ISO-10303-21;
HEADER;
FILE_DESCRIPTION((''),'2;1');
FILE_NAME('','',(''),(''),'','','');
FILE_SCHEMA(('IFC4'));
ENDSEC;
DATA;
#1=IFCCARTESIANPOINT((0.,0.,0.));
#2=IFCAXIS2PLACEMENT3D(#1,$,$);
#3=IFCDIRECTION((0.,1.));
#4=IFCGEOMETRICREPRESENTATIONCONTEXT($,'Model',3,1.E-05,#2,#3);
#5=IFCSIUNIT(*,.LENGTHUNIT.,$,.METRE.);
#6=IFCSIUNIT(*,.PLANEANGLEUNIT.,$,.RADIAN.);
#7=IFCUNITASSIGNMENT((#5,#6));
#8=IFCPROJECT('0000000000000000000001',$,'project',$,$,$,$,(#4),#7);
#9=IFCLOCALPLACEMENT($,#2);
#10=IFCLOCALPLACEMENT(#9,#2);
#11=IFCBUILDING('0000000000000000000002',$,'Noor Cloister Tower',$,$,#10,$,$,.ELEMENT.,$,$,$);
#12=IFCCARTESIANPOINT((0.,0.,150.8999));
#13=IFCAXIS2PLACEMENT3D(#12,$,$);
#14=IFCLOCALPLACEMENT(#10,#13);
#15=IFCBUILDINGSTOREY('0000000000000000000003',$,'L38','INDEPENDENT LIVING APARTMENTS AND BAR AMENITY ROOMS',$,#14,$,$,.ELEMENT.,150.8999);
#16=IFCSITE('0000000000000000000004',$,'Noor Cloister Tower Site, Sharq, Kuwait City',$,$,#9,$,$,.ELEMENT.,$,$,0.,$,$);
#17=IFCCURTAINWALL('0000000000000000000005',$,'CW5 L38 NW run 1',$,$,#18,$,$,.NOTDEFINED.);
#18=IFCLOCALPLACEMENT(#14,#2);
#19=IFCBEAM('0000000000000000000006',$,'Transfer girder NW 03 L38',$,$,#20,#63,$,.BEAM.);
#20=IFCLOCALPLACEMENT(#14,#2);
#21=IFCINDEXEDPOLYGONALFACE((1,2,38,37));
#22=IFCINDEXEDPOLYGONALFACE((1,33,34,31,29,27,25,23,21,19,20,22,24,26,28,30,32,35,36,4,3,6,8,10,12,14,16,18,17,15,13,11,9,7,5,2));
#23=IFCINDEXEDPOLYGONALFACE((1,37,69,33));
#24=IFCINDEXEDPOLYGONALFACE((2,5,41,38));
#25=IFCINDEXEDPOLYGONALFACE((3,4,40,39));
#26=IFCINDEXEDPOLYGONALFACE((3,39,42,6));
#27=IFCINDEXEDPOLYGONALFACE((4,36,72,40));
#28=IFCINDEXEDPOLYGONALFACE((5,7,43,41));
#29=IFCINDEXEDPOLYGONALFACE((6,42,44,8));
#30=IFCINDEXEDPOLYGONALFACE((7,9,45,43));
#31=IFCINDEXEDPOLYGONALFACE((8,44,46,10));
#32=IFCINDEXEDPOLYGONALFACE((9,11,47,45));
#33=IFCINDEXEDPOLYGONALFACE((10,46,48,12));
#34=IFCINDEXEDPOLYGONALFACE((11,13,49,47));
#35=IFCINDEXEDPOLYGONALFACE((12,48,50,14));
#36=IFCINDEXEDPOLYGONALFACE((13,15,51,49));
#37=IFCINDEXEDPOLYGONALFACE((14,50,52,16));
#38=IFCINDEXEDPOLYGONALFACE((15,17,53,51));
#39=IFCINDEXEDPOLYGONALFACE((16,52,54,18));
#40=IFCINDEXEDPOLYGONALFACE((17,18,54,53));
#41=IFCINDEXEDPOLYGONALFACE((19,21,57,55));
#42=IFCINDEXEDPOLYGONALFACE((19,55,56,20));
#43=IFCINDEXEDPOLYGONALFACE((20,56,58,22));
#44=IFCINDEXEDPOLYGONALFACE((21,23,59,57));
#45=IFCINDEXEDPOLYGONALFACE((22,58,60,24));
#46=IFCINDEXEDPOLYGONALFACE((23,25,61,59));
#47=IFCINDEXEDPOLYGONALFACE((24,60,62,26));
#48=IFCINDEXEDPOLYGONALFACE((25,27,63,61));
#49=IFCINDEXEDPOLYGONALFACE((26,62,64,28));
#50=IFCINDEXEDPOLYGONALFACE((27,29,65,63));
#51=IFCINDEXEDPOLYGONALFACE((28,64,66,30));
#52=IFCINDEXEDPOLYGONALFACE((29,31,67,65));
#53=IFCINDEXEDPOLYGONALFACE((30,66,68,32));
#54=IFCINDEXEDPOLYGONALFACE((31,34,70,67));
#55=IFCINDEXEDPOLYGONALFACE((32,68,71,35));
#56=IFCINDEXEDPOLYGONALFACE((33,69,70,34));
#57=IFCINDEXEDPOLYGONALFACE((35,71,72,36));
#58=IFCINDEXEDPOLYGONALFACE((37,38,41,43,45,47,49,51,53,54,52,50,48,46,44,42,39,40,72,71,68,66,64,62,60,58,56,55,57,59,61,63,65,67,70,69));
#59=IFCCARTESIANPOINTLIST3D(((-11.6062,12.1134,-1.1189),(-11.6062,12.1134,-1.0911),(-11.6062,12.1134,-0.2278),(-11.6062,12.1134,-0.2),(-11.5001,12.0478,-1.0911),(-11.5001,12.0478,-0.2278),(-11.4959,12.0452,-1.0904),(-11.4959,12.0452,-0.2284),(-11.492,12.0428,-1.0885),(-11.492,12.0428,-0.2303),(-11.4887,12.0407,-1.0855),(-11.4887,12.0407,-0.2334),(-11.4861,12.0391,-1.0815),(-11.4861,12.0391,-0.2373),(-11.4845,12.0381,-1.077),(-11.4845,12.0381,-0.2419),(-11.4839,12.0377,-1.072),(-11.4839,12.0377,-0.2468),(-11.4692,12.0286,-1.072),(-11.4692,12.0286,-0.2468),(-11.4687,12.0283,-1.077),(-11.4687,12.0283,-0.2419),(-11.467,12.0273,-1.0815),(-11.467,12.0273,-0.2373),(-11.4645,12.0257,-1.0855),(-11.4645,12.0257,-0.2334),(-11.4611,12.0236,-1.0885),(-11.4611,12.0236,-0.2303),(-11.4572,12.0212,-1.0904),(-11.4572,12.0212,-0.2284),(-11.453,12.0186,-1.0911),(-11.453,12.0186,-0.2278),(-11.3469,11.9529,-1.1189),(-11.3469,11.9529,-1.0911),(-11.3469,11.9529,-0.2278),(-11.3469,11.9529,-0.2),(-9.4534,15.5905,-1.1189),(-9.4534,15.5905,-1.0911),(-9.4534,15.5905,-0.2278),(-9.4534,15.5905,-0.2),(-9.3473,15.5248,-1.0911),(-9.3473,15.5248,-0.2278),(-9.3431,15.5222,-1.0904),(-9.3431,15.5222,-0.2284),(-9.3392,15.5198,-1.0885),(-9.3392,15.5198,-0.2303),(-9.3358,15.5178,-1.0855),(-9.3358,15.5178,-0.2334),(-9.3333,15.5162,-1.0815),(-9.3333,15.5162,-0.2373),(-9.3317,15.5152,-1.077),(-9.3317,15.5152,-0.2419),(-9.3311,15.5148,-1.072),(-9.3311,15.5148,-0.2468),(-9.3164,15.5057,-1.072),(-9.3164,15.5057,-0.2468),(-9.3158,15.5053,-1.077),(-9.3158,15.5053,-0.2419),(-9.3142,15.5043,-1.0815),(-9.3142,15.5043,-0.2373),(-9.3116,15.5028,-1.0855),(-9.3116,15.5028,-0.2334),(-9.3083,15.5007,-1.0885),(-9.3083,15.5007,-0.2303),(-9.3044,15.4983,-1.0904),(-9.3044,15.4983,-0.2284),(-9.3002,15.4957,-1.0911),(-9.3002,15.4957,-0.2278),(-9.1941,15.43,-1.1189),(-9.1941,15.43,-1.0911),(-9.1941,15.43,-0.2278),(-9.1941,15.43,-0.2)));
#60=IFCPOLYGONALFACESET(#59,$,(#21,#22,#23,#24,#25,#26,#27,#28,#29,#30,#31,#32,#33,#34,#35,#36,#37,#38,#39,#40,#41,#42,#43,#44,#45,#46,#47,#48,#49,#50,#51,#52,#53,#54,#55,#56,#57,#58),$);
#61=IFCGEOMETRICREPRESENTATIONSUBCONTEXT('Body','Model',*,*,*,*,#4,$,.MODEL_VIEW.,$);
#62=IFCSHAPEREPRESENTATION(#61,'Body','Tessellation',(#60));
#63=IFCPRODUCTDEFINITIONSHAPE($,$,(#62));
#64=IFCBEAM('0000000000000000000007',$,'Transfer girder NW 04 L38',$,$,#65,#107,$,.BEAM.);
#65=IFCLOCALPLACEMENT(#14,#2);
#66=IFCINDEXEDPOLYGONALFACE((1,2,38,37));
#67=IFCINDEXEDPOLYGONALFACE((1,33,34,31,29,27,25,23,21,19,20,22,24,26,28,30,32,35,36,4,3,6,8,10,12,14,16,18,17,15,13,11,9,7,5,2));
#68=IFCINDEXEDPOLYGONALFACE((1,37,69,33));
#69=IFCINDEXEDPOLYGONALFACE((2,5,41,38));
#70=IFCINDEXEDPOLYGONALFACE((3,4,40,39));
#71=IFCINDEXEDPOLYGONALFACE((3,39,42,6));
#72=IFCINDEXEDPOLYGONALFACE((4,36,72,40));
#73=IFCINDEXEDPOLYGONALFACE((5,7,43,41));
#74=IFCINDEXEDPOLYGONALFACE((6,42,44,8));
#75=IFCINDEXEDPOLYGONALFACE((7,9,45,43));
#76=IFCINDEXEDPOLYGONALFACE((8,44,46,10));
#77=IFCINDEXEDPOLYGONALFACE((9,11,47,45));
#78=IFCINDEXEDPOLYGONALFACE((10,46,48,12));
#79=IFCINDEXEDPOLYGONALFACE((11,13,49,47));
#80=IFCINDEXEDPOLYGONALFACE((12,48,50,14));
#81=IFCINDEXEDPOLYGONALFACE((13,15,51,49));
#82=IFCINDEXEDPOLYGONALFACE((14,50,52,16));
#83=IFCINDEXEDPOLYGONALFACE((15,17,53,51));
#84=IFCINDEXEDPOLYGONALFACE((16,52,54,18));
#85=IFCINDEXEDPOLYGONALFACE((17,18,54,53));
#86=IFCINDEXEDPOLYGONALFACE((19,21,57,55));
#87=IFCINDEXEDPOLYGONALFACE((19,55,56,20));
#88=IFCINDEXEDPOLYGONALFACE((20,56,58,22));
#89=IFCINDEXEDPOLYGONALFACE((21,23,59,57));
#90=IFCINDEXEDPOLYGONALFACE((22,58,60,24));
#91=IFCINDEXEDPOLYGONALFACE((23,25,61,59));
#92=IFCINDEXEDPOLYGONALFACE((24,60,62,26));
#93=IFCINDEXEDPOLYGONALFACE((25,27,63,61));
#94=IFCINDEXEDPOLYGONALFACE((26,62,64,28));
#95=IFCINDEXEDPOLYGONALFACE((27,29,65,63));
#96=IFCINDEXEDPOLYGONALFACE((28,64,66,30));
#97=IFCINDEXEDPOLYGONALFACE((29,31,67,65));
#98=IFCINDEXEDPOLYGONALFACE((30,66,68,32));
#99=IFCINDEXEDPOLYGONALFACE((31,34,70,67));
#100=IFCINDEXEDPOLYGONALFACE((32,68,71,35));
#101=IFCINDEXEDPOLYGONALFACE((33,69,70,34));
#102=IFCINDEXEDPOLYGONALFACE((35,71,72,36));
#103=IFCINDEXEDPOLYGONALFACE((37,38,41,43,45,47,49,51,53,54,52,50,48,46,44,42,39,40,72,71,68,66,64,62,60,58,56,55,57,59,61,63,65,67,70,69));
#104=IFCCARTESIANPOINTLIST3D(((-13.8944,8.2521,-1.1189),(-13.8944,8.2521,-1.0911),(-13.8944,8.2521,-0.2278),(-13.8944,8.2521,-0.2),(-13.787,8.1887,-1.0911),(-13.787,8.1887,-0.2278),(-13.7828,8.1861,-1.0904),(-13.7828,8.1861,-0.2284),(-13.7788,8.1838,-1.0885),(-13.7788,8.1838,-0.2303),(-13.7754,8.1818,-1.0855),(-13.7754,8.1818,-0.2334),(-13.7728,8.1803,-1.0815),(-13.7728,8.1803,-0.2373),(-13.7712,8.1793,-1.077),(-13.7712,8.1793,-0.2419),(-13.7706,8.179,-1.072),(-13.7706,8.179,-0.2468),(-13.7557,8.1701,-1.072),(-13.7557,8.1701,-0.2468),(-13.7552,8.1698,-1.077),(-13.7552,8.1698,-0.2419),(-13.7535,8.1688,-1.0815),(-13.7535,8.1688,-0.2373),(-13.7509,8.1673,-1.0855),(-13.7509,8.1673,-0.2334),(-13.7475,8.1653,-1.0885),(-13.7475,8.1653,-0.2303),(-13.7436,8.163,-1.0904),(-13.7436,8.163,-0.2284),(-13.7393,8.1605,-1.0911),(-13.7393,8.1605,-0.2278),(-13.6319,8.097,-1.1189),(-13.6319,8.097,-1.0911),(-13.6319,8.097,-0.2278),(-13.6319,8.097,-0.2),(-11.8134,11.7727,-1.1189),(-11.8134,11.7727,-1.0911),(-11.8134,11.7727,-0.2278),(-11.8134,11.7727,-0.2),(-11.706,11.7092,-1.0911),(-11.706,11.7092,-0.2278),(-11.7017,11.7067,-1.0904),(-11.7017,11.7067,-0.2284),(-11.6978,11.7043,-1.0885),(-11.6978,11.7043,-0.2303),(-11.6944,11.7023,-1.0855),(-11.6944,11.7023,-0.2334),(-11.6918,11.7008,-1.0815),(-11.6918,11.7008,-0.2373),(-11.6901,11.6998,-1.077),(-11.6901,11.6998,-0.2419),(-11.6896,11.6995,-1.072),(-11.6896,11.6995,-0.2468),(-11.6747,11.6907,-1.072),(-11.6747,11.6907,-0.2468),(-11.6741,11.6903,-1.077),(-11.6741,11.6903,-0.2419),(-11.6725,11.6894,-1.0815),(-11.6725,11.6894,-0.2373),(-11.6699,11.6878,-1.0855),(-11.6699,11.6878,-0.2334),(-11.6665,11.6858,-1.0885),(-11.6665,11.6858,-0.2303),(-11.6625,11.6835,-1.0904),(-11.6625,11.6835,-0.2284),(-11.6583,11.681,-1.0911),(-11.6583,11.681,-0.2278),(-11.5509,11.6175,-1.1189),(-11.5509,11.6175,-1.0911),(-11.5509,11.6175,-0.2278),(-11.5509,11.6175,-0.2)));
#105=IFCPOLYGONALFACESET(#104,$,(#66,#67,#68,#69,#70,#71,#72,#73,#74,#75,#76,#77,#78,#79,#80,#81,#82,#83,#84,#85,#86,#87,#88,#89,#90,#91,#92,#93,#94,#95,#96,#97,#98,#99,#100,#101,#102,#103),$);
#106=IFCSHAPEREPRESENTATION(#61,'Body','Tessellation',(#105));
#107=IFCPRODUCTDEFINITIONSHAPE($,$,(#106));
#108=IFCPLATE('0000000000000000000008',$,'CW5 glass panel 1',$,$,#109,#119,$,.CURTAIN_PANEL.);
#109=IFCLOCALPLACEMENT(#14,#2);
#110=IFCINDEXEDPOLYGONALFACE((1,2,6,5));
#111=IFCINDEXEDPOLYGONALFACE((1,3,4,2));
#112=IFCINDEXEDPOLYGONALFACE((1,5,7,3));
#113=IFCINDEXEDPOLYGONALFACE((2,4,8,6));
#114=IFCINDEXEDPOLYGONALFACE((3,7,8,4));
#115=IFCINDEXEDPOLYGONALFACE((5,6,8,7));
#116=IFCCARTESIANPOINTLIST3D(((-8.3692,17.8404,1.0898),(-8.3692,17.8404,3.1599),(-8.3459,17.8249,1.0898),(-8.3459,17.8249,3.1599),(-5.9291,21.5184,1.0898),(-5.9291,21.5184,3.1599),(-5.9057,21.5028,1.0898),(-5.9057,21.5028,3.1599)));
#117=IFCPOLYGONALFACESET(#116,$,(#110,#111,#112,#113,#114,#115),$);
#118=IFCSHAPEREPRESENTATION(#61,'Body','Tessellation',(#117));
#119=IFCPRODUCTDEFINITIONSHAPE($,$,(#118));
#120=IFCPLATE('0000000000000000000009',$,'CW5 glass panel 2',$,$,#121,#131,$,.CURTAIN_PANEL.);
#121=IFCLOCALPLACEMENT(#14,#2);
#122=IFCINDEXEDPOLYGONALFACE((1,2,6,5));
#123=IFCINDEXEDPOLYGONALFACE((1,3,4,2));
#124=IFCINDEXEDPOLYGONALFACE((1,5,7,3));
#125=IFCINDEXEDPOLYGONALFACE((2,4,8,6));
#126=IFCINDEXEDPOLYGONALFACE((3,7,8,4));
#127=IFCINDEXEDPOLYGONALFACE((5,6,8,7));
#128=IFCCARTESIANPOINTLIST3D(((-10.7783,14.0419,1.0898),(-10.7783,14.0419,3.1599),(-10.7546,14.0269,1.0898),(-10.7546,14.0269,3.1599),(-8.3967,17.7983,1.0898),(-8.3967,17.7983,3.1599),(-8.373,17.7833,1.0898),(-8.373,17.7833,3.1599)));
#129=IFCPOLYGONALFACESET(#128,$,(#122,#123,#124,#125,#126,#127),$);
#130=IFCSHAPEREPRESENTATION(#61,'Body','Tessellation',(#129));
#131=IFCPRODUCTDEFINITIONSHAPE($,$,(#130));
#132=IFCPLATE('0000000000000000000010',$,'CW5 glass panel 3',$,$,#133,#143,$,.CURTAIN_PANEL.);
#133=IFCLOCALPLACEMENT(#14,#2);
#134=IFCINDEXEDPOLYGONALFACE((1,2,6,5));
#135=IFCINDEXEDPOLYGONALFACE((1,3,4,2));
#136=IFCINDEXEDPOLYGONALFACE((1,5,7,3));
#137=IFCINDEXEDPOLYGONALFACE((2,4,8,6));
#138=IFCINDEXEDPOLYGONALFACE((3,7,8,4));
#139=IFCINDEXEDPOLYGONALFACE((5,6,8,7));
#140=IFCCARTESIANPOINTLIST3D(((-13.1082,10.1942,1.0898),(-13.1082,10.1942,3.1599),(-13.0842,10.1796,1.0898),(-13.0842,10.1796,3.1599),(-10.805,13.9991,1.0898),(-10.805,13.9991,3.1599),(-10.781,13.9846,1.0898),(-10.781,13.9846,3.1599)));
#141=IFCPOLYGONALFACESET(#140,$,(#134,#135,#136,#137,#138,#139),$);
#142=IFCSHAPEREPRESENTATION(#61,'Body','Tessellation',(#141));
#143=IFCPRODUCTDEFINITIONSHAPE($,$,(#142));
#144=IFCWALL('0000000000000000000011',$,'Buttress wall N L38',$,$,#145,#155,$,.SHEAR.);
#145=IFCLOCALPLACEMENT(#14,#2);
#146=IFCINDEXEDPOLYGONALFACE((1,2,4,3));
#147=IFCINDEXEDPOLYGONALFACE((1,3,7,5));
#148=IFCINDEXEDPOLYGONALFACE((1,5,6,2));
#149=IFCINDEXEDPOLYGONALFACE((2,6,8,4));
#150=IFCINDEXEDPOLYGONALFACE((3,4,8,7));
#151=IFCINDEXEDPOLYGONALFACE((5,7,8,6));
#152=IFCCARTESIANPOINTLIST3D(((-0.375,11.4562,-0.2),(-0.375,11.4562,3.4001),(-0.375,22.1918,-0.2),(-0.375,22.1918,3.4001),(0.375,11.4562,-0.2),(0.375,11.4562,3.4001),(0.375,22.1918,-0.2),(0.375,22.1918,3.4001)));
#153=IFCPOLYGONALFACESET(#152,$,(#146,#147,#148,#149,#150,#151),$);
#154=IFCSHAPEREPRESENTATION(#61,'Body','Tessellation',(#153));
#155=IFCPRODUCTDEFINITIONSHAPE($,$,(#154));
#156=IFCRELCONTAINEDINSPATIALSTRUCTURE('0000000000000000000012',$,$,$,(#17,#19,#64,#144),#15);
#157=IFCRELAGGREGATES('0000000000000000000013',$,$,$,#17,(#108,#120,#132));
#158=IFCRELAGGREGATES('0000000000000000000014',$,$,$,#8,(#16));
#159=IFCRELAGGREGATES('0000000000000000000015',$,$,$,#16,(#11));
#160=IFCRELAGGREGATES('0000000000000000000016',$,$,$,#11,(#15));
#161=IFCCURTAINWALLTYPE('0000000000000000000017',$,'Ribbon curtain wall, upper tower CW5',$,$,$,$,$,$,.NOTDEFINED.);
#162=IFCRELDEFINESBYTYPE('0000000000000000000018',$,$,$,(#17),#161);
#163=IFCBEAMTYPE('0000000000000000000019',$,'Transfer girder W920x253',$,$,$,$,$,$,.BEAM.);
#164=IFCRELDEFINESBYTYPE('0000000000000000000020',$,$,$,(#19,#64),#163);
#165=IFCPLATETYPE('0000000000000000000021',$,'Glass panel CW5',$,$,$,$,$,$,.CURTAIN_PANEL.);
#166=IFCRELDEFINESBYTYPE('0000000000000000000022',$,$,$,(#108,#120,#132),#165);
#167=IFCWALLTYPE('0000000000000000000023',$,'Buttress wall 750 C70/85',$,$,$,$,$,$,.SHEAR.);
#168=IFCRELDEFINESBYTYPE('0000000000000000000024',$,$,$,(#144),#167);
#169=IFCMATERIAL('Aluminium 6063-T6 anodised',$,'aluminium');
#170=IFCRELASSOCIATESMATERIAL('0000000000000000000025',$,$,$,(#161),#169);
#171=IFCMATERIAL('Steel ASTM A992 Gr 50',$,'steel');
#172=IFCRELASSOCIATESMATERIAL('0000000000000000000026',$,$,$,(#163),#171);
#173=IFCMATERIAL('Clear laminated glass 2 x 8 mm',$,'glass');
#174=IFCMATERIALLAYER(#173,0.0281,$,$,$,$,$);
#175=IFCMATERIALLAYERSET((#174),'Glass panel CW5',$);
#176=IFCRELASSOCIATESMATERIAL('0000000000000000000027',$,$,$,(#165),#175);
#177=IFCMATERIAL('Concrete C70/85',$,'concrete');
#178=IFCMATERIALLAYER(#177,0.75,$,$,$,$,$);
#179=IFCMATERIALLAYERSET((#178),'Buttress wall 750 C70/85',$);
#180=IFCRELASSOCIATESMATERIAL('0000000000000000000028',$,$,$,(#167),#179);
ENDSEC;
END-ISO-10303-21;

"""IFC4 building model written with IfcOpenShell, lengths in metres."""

from ifc_helpers import new_model, si_unit, direction, frame, frame_2d, origin, origin_2d, place, context, subcontext, project, spatial, rectangle, i_section, extrude, material, layer, layer_set, material_profile, profile_set, type_object, element, aggregate, save


model = new_model("IFC4")

# Units and contexts
model_context = context("Model", 3, precision=1e-05, world=origin(), true_north=direction((0.0, 1.0)))
body_context = subcontext(model_context, "Body", "Model", "MODEL_VIEW")
ifc_project = project(units=[si_unit("LENGTHUNIT", "METRE"), si_unit("PLANEANGLEUNIT", "RADIAN")], contexts=[model_context])

# Site, building, storey
site_placement = place(None, origin())
site = spatial("IfcSite", under=ifc_project, at=site_placement, Name="Noor Cloister Tower Site, Sharq, Kuwait City", CompositionType="ELEMENT", RefElevation=0.0)
building_placement = place(site_placement, origin())
building = spatial("IfcBuilding", under=site, at=building_placement, Name="Noor Cloister Tower", CompositionType="ELEMENT")
storey_placement = place(building_placement, frame((0.0, 0.0, 150.8999)))
storey = spatial("IfcBuildingStorey", under=building, at=storey_placement, Name="L38", Description="INDEPENDENT LIVING APARTMENTS AND BAR AMENITY ROOMS", CompositionType="ELEMENT", Elevation=150.8999)

# Curtain wall
ifc_material_1 = material(Name="Aluminium 6063-T6 anodised", Category="aluminium")
curtain_wall_type = type_object("IfcCurtainWallType", Name="Ribbon curtain wall, upper tower CW5", PredefinedType="NOTDEFINED", material=ifc_material_1)
curtain_wall_placement = place(storey_placement, origin())
curtain_wall = element("IfcCurtainWall", 1, at=curtain_wall_placement, inside=storey, type_object=curtain_wall_type, Name="CW5 L38 NW run 1", PredefinedType="NOTDEFINED")

# Beams
ifc_material_2 = material(Name="Steel ASTM A992 Gr 50", Category="steel")
ifc_material_profile_1 = material_profile(ifc_material_2, i_section(OverallWidth=0.3049, OverallDepth=0.9189, WebThickness=0.0173, FlangeThickness=0.0278, FilletRadius=0.019, at=origin_2d()), Name="W920x253")
ifc_profile_set_1 = profile_set([ifc_material_profile_1], Name="Steel ASTM A992 Gr 50")
beam_type_1 = type_object("IfcBeamType", Name="Transfer girder W920x253", PredefinedType="BEAM", material=ifc_profile_set_1)
for number, where, z_axis, x_axis, name in (
    (2, (-9.3237, 15.5103, -0.6594), (-0.52642, -0.850224, 0.0), (0.850224, -0.52642, 0.0), "Transfer girder NW 03 L38"),
    (3, (-11.6821, 11.6951, -0.6594), (-0.508866, -0.860846, 0.0), (0.860846, -0.508866, 0.0), "Transfer girder NW 04 L38"),
):
    element("IfcBeam", number, at=place(storey_placement, frame(where, z_axis=z_axis, x_axis=x_axis)), inside=storey, type_object=beam_type_1, Name=name, PredefinedType="BEAM", context=body_context, shape_type="SweptSolid", body=[
        extrude(i_section(OverallWidth=0.3049, OverallDepth=0.9189, WebThickness=0.0173, FlangeThickness=0.0278, FilletRadius=0.019, at=origin_2d()), origin(), (0.0, 0.0, 1.0), 4.0896),
    ])

# Plates
ifc_material_3 = material(Name="Clear laminated glass 2 x 8 mm", Category="glass")
ifc_layer_1 = layer(ifc_material_3, 0.0281)
ifc_layer_set_1 = layer_set([ifc_layer_1], Name="Glass panel CW5")
plate_type = type_object("IfcPlateType", Name="Glass panel CW5", PredefinedType="CURTAIN_PANEL", material=ifc_layer_set_1)
plate_1_placement = place(storey_placement, frame((-7.1375, 19.6716, 1.0898), z_axis=(0.0, 0.0, 1.0), x_axis=(-0.552854, -0.833278, 0.0)))
plate_1 = element("IfcPlate", 4, at=plate_1_placement, type_object=plate_type, Name="CW5 glass panel 1", PredefinedType="CURTAIN_PANEL", context=body_context, shape_type="SweptSolid", body=[
    extrude(rectangle(XDim=4.4138, YDim=0.0281, at=origin_2d()), origin(), (0.0, 0.0, 1.0), 2.0701),
])
plate_2_placement = place(storey_placement, frame((-9.5757, 15.9126, 1.0898), z_axis=(0.0, 0.0, 1.0), x_axis=(-0.535463, -0.844559, 0.0)))
plate_2 = element("IfcPlate", 5, at=plate_2_placement, type_object=plate_type, Name="CW5 glass panel 2", PredefinedType="CURTAIN_PANEL", context=body_context, shape_type="SweptSolid", body=[
    extrude(rectangle(XDim=4.4478, YDim=0.0281, at=origin_2d()), origin(), (0.0, 0.0, 1.0), 2.0701),
])
plate_3_placement = place(storey_placement, frame((-11.9446, 12.0894, 1.0898), z_axis=(0.0, 0.0, 1.0), x_axis=(-0.517843, -0.855476, 0.0)))
plate_3 = element("IfcPlate", 6, at=plate_3_placement, type_object=plate_type, Name="CW5 glass panel 3", PredefinedType="CURTAIN_PANEL", context=body_context, shape_type="SweptSolid", body=[
    extrude(rectangle(XDim=4.4478, YDim=0.0281, at=origin_2d()), origin(), (0.0, 0.0, 1.0), 2.0701),
])
aggregate(curtain_wall, [plate_1, plate_2, plate_3])

# Wall
ifc_material_4 = material(Name="Concrete C70/85", Category="concrete")
ifc_layer_2 = layer(ifc_material_4, 0.75)
ifc_layer_set_2 = layer_set([ifc_layer_2], Name="Buttress wall 750 C70/85")
wall_type_1 = type_object("IfcWallType", Name="Buttress wall 750 C70/85", PredefinedType="SHEAR", material=ifc_layer_set_2)
wall_1_placement = place(storey_placement, frame((0.0, 11.4563, -0.2), z_axis=(0.0, 0.0, 1.0), x_axis=(0.0, 1.0, 0.0)))
element("IfcWall", 7, at=wall_1_placement, inside=storey, type_object=wall_type_1, Name="Buttress wall N L38", PredefinedType="SHEAR", context=body_context, shape_type="SweptSolid", body=[
    extrude(rectangle(XDim=10.7356, YDim=0.75, at=frame_2d((5.3677, 0.0))), origin(), (0.0, 0.0, 1.0), 3.6001),
])

save(model, "model.ifc")
